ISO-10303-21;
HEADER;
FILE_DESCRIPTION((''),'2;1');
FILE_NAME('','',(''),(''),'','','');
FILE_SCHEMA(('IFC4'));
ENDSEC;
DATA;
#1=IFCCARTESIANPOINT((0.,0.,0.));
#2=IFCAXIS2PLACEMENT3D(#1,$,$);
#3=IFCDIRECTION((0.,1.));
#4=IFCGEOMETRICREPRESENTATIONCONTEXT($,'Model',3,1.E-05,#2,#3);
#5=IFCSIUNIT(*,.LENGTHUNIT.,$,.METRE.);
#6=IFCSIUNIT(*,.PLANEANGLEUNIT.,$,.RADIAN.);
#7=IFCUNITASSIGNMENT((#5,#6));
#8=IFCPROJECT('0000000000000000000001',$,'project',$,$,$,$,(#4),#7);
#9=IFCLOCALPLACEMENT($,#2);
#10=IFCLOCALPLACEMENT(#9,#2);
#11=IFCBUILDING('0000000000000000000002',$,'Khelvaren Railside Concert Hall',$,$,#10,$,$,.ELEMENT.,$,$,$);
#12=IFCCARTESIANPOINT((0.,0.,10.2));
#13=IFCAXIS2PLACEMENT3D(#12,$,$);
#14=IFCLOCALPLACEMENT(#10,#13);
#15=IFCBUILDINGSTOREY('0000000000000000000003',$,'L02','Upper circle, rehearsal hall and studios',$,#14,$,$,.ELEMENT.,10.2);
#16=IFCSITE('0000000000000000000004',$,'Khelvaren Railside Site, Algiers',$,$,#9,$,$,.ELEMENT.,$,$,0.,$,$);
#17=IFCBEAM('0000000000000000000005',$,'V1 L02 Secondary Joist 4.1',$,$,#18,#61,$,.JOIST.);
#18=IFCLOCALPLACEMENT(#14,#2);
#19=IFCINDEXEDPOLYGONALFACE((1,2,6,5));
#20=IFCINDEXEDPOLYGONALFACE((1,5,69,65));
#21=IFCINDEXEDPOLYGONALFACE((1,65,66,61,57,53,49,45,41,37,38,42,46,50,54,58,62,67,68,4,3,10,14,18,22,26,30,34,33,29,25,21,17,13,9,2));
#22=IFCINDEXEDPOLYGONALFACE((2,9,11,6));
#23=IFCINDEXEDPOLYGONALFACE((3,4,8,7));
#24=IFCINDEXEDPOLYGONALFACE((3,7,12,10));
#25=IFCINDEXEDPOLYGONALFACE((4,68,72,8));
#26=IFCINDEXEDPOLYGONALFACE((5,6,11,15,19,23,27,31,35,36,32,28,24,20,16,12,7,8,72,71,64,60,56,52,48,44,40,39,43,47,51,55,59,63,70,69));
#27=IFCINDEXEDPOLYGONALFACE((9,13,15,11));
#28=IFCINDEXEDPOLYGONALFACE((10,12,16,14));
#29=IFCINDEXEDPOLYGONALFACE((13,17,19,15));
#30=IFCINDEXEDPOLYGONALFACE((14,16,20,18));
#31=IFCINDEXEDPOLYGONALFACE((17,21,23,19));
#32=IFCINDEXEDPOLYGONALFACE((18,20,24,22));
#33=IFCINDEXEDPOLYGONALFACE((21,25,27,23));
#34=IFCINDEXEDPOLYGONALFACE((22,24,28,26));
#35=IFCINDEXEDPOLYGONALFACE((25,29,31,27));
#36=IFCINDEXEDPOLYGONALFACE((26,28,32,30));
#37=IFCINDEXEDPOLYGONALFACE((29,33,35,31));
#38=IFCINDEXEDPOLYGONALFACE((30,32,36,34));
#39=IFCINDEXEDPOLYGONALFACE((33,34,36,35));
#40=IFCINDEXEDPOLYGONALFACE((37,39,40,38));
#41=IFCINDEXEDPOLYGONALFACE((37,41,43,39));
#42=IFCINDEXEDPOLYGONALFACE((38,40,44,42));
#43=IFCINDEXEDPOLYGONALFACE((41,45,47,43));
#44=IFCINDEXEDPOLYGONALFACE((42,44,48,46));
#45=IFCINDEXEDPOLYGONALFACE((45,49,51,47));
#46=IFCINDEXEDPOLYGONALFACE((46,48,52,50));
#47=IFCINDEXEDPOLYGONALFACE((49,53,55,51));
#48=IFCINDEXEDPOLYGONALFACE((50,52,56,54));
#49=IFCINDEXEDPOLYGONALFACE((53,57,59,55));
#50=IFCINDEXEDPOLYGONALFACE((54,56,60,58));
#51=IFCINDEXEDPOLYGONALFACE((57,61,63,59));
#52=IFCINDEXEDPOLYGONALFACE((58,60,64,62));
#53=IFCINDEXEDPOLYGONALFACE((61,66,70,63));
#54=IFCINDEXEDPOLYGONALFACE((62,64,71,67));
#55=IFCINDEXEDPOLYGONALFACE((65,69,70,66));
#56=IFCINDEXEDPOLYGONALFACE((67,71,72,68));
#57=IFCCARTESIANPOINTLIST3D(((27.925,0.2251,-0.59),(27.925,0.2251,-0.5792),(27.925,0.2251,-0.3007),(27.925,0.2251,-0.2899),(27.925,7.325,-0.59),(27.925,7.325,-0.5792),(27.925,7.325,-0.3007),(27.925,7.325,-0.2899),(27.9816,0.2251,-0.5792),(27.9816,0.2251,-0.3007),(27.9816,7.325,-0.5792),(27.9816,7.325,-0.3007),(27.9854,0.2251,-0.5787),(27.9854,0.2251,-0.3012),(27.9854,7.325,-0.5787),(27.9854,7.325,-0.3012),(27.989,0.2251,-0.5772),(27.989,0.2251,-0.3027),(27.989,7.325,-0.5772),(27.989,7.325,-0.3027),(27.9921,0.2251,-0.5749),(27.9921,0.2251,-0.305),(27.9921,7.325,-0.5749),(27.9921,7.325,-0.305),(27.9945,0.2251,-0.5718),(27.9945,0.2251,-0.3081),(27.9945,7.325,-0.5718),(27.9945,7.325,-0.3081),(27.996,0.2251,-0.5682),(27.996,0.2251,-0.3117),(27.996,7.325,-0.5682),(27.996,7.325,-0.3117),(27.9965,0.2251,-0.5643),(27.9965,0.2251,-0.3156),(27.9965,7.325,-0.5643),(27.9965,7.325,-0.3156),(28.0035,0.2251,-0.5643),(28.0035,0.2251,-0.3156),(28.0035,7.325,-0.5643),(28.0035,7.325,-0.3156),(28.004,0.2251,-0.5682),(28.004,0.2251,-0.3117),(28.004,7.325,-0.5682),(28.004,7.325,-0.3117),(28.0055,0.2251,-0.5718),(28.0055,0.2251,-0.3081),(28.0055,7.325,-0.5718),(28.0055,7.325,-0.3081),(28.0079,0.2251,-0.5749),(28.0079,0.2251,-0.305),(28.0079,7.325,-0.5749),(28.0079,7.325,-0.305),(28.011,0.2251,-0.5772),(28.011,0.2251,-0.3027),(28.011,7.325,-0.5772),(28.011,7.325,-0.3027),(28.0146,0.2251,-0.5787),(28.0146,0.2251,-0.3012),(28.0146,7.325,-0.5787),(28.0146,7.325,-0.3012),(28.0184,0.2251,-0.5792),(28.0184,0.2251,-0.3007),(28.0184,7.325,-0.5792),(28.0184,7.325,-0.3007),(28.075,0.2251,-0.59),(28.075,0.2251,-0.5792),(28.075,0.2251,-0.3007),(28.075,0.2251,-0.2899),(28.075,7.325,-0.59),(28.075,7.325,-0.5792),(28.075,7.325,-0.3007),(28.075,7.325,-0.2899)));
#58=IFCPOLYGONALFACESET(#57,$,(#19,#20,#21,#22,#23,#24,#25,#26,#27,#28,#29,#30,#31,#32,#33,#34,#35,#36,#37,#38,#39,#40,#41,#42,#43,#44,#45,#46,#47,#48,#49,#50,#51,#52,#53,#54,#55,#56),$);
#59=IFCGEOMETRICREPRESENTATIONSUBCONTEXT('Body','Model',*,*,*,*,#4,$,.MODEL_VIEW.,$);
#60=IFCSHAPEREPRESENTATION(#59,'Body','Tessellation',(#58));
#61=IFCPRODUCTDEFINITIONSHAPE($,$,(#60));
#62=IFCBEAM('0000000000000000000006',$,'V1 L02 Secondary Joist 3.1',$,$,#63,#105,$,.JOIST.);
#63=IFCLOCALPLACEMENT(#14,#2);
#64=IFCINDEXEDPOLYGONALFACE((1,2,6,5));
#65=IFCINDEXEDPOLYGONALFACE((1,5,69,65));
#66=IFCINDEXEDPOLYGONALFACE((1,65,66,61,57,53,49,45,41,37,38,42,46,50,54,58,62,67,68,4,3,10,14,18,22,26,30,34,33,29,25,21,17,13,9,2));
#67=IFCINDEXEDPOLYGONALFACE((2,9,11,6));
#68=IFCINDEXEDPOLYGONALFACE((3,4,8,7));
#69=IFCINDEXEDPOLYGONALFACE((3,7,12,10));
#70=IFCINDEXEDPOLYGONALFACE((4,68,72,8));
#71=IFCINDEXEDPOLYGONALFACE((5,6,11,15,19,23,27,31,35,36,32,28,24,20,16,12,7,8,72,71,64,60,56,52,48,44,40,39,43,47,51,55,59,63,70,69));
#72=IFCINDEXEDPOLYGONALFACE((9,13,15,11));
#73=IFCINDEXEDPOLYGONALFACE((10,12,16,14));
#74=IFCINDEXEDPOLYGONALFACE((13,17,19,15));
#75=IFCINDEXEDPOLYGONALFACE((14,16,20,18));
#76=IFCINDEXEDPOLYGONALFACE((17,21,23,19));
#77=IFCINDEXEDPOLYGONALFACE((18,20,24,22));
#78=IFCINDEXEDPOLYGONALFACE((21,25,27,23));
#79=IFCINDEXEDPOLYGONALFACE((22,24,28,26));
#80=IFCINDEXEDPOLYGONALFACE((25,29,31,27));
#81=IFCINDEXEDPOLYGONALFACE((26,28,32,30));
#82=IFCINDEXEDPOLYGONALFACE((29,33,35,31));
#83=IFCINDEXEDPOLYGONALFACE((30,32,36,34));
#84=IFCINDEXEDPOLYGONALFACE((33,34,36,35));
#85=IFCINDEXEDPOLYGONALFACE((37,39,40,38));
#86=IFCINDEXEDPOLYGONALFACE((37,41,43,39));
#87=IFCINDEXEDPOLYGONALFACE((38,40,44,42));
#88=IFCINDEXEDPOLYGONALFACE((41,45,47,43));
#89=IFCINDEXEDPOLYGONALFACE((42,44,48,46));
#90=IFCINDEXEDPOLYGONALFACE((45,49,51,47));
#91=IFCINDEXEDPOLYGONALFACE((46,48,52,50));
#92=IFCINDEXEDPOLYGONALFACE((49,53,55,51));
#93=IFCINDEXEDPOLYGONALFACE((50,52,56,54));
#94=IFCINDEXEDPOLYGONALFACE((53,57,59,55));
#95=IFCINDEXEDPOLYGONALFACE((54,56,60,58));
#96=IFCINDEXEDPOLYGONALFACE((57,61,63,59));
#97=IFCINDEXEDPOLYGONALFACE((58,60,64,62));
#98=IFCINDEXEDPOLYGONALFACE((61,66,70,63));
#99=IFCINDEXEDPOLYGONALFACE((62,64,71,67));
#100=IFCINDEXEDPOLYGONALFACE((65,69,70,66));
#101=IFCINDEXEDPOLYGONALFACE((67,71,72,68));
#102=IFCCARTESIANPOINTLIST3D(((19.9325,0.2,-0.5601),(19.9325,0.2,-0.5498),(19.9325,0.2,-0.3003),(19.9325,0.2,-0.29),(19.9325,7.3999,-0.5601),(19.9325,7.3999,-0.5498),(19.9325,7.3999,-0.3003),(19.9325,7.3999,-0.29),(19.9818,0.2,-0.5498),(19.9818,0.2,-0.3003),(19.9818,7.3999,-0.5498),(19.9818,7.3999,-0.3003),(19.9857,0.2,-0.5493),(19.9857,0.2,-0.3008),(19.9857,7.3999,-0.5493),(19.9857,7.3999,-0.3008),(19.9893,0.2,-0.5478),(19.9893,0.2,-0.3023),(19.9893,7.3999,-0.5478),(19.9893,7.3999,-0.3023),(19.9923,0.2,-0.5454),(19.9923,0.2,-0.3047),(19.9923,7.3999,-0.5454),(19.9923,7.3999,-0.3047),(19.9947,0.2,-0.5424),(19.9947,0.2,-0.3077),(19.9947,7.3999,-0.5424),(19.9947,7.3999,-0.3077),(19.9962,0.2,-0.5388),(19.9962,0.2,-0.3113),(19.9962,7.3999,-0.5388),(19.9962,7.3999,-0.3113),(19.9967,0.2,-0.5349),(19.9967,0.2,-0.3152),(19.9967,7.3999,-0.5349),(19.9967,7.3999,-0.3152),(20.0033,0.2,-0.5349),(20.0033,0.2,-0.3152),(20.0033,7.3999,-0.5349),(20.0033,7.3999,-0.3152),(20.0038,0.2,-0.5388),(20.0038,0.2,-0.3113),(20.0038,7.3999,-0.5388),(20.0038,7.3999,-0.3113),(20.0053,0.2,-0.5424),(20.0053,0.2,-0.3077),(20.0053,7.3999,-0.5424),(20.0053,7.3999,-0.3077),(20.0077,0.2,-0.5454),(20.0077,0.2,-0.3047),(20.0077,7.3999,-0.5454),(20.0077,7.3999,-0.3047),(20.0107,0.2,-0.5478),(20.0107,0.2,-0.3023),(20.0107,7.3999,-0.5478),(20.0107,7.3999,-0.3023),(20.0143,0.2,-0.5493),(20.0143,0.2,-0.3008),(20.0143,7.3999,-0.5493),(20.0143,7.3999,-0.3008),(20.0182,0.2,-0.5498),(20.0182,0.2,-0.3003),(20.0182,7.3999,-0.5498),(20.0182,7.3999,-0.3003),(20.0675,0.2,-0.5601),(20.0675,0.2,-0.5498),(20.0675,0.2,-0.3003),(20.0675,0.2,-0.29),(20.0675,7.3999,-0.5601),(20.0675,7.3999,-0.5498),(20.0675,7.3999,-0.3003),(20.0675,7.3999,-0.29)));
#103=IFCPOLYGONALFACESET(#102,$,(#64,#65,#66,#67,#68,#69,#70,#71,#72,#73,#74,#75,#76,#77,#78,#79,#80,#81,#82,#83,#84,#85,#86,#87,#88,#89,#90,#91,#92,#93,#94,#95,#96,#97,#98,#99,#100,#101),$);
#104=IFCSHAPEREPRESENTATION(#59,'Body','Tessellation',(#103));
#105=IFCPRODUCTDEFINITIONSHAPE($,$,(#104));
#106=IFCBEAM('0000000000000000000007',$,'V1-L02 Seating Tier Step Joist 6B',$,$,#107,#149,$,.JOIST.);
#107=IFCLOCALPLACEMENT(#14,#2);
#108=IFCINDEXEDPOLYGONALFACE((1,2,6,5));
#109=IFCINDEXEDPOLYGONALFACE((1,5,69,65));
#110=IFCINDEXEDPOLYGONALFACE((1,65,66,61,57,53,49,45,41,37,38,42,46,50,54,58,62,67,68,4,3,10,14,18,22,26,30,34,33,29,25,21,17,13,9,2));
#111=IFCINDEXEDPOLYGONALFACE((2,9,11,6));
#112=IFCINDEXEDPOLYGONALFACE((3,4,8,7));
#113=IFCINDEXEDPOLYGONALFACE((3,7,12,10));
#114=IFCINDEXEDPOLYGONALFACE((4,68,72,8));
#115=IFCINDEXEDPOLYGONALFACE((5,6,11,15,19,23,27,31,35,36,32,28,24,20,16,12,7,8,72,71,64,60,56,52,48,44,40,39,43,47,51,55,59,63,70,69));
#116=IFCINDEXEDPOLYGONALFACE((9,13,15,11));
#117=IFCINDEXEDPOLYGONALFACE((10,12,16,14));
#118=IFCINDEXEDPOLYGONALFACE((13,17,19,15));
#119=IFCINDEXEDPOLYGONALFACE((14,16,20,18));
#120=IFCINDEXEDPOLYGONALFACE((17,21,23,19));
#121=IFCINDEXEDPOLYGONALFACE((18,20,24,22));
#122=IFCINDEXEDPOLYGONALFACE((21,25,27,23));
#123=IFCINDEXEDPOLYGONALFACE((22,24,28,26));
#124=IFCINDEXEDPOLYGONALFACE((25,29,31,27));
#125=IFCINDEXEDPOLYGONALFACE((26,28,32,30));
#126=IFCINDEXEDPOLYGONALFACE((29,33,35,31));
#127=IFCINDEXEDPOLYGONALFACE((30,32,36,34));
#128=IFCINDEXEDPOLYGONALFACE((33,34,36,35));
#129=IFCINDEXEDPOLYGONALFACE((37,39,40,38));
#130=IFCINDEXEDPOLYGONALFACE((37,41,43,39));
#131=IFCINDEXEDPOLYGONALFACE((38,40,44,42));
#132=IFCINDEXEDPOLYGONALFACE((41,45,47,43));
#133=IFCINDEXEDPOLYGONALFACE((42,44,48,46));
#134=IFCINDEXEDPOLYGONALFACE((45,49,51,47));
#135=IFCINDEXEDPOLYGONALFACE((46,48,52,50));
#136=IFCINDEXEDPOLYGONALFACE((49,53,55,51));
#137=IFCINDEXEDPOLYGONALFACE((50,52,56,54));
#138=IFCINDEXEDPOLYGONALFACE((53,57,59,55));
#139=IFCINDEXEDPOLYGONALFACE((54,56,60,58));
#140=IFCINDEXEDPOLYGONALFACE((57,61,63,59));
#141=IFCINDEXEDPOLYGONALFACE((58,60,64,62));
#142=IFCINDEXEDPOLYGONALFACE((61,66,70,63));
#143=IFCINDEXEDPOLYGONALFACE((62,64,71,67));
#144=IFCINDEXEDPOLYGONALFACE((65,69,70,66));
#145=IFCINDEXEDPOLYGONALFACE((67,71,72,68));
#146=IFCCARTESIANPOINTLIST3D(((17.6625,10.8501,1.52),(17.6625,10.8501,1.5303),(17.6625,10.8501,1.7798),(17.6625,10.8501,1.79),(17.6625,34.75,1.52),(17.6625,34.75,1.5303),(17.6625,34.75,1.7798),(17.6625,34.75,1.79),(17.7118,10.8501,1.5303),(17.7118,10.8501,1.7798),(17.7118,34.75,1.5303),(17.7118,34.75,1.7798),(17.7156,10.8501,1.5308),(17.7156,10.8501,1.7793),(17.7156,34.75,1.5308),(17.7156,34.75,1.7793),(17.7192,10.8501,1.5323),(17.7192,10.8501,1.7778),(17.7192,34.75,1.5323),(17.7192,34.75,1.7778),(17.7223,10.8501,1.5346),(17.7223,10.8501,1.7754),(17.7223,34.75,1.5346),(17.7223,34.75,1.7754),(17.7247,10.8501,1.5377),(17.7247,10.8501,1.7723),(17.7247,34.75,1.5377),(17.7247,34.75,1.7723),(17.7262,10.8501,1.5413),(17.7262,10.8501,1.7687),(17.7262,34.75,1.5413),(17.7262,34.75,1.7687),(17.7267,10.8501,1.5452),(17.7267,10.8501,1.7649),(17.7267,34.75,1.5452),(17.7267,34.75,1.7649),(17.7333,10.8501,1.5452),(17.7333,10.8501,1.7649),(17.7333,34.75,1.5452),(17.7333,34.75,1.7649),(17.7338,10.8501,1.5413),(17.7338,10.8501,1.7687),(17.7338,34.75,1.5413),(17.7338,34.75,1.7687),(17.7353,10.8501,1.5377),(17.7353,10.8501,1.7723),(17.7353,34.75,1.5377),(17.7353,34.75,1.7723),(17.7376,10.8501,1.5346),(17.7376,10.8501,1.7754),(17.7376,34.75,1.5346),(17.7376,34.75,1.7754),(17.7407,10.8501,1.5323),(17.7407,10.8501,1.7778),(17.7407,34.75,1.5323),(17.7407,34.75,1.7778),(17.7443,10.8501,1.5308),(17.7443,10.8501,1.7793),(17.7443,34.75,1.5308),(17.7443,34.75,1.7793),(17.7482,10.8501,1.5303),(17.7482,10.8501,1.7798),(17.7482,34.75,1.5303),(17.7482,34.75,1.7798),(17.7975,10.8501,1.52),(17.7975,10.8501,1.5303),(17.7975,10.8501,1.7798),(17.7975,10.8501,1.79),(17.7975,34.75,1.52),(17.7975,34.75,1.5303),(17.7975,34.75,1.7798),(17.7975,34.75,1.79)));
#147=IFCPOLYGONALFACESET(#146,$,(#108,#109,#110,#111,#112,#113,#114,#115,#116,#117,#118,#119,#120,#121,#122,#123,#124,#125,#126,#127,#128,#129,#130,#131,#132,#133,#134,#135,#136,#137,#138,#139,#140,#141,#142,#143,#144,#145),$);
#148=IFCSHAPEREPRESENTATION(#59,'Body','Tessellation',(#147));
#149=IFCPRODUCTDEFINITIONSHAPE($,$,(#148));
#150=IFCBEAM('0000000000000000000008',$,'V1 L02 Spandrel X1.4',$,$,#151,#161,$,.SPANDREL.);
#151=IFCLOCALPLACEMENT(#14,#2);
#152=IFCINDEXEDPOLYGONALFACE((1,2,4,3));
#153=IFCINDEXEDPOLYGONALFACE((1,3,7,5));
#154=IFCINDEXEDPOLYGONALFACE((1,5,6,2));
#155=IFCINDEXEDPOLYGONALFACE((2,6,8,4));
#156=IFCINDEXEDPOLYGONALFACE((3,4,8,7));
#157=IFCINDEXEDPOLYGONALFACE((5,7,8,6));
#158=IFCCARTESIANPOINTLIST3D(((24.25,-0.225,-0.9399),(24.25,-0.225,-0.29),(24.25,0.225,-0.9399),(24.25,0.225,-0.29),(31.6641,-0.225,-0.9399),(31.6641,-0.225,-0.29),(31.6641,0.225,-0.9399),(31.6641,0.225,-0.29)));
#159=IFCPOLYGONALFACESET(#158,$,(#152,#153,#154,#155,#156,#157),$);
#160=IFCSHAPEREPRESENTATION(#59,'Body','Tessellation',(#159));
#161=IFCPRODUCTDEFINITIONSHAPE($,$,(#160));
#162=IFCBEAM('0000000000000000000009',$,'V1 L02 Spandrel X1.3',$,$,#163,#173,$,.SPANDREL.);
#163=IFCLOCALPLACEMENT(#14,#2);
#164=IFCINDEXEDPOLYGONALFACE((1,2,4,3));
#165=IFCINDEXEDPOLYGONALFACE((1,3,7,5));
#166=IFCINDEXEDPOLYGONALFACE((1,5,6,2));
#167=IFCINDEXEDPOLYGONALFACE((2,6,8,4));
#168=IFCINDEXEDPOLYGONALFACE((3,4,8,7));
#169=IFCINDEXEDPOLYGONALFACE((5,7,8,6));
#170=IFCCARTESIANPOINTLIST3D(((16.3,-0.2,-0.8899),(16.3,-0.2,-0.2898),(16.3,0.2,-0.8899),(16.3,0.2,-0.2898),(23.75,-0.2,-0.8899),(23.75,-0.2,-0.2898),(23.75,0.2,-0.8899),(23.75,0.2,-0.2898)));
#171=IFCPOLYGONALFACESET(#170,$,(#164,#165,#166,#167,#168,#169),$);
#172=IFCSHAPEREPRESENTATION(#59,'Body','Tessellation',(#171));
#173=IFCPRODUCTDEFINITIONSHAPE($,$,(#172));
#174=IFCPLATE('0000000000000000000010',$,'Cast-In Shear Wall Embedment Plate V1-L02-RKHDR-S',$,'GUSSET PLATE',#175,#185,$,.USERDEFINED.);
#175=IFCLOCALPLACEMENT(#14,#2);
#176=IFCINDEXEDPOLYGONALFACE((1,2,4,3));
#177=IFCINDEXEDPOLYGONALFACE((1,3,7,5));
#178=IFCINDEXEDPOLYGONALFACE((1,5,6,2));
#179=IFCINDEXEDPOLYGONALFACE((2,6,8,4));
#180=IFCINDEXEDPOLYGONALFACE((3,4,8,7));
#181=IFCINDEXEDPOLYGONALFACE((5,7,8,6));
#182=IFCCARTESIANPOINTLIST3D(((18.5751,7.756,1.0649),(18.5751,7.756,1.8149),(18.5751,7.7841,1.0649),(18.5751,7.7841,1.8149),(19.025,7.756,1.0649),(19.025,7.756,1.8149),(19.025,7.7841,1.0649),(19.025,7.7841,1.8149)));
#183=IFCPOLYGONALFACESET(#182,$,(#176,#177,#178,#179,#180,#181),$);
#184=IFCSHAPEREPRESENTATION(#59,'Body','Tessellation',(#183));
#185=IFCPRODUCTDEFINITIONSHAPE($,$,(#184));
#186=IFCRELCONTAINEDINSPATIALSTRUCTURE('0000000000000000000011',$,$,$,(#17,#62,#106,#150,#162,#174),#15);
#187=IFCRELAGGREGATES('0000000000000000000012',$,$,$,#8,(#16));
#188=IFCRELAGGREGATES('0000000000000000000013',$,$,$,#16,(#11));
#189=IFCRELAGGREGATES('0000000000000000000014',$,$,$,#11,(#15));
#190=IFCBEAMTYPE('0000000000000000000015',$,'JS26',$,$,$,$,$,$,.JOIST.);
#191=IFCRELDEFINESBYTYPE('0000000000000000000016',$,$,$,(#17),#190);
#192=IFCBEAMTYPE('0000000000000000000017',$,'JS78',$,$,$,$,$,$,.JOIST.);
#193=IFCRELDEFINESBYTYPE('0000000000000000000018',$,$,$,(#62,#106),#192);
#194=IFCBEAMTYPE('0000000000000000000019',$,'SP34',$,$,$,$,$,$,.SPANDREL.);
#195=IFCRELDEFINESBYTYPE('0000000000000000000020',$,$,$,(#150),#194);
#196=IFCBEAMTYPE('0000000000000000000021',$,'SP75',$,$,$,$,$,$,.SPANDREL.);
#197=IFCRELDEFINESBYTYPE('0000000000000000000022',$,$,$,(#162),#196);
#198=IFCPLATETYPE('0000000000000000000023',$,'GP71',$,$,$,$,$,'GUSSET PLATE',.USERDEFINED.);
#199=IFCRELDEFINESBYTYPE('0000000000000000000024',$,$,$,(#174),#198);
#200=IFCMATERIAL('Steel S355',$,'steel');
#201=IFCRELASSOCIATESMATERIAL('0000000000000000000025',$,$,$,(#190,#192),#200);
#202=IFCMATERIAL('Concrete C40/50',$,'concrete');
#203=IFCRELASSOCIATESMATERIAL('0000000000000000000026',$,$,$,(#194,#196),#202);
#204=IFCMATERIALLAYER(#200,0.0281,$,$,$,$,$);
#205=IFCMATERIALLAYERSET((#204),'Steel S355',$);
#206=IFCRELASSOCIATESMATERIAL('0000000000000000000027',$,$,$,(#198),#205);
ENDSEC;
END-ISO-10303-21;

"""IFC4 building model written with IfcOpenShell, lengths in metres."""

from ifc_helpers import new_model, si_unit, direction, frame, origin, origin_2d, place, context, subcontext, project, spatial, rectangle, i_section, extrude, material, layer, layer_set, material_profile, profile_set, type_object, element, save


model = new_model("IFC4")

# Units and contexts
model_context = context("Model", 3, precision=1e-05, world=origin(), true_north=direction((0.0, 1.0)))
body_context = subcontext(model_context, "Body", "Model", "MODEL_VIEW")
ifc_project = project(units=[si_unit("LENGTHUNIT", "METRE"), si_unit("PLANEANGLEUNIT", "RADIAN")], contexts=[model_context])

# Site, building, storey
site_placement = place(None, origin())
site = spatial("IfcSite", under=ifc_project, at=site_placement, Name="Khelvaren Railside Site, Algiers", CompositionType="ELEMENT", RefElevation=0.0)
building_placement = place(site_placement, origin())
building = spatial("IfcBuilding", under=site, at=building_placement, Name="Khelvaren Railside Concert Hall", CompositionType="ELEMENT")
storey_placement = place(building_placement, frame((0.0, 0.0, 10.2)))
storey = spatial("IfcBuildingStorey", under=building, at=storey_placement, Name="L02", Description="Upper circle, rehearsal hall and studios", CompositionType="ELEMENT", Elevation=10.2)

# Shared definitions
ifc_material_1 = material(Name="Concrete C40/50", Category="concrete")
ifc_material_2 = material(Name="Steel S355", Category="steel")

# Beams
ifc_material_profile_1 = material_profile(ifc_material_2, i_section(OverallWidth=0.1499, OverallDepth=0.3, WebThickness=0.0071, FlangeThickness=0.0107, FilletRadius=0.0149, at=origin_2d()), Name="IPE 300")
ifc_profile_set_1 = profile_set([ifc_material_profile_1], Name="Steel S355")
beam_type_1 = type_object("IfcBeamType", Name="JS26", PredefinedType="JOIST", material=ifc_profile_set_1)
beam_1_placement = place(storey_placement, frame((28.0, 0.2251, -0.4399), z_axis=(0.0, 1.0, 0.0), x_axis=(-1.0, 0.0, 0.0)))
element("IfcBeam", 1, at=beam_1_placement, inside=storey, type_object=beam_type_1, Name="V1 L02 Secondary Joist 4.1", PredefinedType="JOIST", context=body_context, shape_type="SweptSolid", body=[
    extrude(i_section(OverallWidth=0.1499, OverallDepth=0.3, WebThickness=0.0071, FlangeThickness=0.0107, FilletRadius=0.0149, at=origin_2d()), origin(), (0.0, 0.0, 1.0), 7.0999),
])
ifc_material_profile_2 = material_profile(ifc_material_2, i_section(OverallWidth=0.135, OverallDepth=0.27, WebThickness=0.0066, FlangeThickness=0.0103, FilletRadius=0.0149, at=origin_2d()), Name="IPE 270")
ifc_profile_set_2 = profile_set([ifc_material_profile_2], Name="Steel S355")
beam_type_2 = type_object("IfcBeamType", Name="JS78", PredefinedType="JOIST", material=ifc_profile_set_2)
beam_2_placement = place(storey_placement, frame((20.0, 0.2, -0.425), z_axis=(0.0, 1.0, 0.0), x_axis=(-1.0, 0.0, 0.0)))
element("IfcBeam", 2, at=beam_2_placement, inside=storey, type_object=beam_type_2, Name="V1 L02 Secondary Joist 3.1", PredefinedType="JOIST", context=body_context, shape_type="SweptSolid", body=[
    extrude(i_section(OverallWidth=0.135, OverallDepth=0.27, WebThickness=0.0066, FlangeThickness=0.0103, FilletRadius=0.0149, at=origin_2d()), origin(), (0.0, 0.0, 1.0), 7.2),
])
beam_3_placement = place(storey_placement, frame((17.73, 10.8501, 1.655), z_axis=(0.0, 1.0, 0.0), x_axis=(-1.0, 0.0, 0.0)))
element("IfcBeam", 3, at=beam_3_placement, inside=storey, type_object=beam_type_2, Name="V1-L02 Seating Tier Step Joist 6B", PredefinedType="JOIST", context=body_context, shape_type="SweptSolid", body=[
    extrude(i_section(OverallWidth=0.135, OverallDepth=0.27, WebThickness=0.0066, FlangeThickness=0.0103, FilletRadius=0.0149, at=origin_2d()), origin(), (0.0, 0.0, 1.0), 23.8999),
])
ifc_material_profile_3 = material_profile(ifc_material_1, rectangle(XDim=0.45, YDim=0.6499, at=origin_2d()), Name="RCB 450x650")
ifc_profile_set_3 = profile_set([ifc_material_profile_3], Name="Concrete C40/50")
beam_type_3 = type_object("IfcBeamType", Name="SP34", PredefinedType="SPANDREL", material=ifc_profile_set_3)
beam_4_placement = place(storey_placement, frame((24.25, 0.0, -0.615), z_axis=(1.0, 0.0, 0.0), x_axis=(0.0, 1.0, 0.0)))
element("IfcBeam", 4, at=beam_4_placement, inside=storey, type_object=beam_type_3, Name="V1 L02 Spandrel X1.4", PredefinedType="SPANDREL", context=body_context, shape_type="SweptSolid", body=[
    extrude(rectangle(XDim=0.45, YDim=0.6499, at=origin_2d()), origin(), (0.0, 0.0, 1.0), 7.4141),
])
ifc_material_profile_4 = material_profile(ifc_material_1, rectangle(XDim=0.3999, YDim=0.6001, at=origin_2d()), Name="RCB 400x600")
ifc_profile_set_4 = profile_set([ifc_material_profile_4], Name="Concrete C40/50")
beam_type_4 = type_object("IfcBeamType", Name="SP75", PredefinedType="SPANDREL", material=ifc_profile_set_4)
beam_5_placement = place(storey_placement, frame((16.3, 0.0, -0.5898), z_axis=(1.0, 0.0, 0.0), x_axis=(0.0, 1.0, 0.0)))
element("IfcBeam", 5, at=beam_5_placement, inside=storey, type_object=beam_type_4, Name="V1 L02 Spandrel X1.3", PredefinedType="SPANDREL", context=body_context, shape_type="SweptSolid", body=[
    extrude(rectangle(XDim=0.3999, YDim=0.6001, at=origin_2d()), origin(), (0.0, 0.0, 1.0), 7.45),
])

# Plate
ifc_layer_1 = layer(ifc_material_2, 0.0281)
ifc_layer_set_1 = layer_set([ifc_layer_1], Name="Steel S355")
plate_type_1 = type_object("IfcPlateType", Name="GP71", ElementType="GUSSET PLATE", PredefinedType="USERDEFINED", material=ifc_layer_set_1)
plate_1_placement = place(storey_placement, frame((18.8, 7.77, 1.0649), z_axis=(0.0, 0.0, 1.0), x_axis=(1.0, 0.0, 0.0)))
element("IfcPlate", 6, at=plate_1_placement, inside=storey, type_object=plate_type_1, Name="Cast-In Shear Wall Embedment Plate V1-L02-RKHDR-S", ObjectType="GUSSET PLATE", PredefinedType="USERDEFINED", context=body_context, shape_type="SweptSolid", body=[
    extrude(rectangle(XDim=0.45, YDim=0.0281, at=origin_2d()), origin(), (0.0, 0.0, 1.0), 0.75),
])

save(model, "model.ifc")
